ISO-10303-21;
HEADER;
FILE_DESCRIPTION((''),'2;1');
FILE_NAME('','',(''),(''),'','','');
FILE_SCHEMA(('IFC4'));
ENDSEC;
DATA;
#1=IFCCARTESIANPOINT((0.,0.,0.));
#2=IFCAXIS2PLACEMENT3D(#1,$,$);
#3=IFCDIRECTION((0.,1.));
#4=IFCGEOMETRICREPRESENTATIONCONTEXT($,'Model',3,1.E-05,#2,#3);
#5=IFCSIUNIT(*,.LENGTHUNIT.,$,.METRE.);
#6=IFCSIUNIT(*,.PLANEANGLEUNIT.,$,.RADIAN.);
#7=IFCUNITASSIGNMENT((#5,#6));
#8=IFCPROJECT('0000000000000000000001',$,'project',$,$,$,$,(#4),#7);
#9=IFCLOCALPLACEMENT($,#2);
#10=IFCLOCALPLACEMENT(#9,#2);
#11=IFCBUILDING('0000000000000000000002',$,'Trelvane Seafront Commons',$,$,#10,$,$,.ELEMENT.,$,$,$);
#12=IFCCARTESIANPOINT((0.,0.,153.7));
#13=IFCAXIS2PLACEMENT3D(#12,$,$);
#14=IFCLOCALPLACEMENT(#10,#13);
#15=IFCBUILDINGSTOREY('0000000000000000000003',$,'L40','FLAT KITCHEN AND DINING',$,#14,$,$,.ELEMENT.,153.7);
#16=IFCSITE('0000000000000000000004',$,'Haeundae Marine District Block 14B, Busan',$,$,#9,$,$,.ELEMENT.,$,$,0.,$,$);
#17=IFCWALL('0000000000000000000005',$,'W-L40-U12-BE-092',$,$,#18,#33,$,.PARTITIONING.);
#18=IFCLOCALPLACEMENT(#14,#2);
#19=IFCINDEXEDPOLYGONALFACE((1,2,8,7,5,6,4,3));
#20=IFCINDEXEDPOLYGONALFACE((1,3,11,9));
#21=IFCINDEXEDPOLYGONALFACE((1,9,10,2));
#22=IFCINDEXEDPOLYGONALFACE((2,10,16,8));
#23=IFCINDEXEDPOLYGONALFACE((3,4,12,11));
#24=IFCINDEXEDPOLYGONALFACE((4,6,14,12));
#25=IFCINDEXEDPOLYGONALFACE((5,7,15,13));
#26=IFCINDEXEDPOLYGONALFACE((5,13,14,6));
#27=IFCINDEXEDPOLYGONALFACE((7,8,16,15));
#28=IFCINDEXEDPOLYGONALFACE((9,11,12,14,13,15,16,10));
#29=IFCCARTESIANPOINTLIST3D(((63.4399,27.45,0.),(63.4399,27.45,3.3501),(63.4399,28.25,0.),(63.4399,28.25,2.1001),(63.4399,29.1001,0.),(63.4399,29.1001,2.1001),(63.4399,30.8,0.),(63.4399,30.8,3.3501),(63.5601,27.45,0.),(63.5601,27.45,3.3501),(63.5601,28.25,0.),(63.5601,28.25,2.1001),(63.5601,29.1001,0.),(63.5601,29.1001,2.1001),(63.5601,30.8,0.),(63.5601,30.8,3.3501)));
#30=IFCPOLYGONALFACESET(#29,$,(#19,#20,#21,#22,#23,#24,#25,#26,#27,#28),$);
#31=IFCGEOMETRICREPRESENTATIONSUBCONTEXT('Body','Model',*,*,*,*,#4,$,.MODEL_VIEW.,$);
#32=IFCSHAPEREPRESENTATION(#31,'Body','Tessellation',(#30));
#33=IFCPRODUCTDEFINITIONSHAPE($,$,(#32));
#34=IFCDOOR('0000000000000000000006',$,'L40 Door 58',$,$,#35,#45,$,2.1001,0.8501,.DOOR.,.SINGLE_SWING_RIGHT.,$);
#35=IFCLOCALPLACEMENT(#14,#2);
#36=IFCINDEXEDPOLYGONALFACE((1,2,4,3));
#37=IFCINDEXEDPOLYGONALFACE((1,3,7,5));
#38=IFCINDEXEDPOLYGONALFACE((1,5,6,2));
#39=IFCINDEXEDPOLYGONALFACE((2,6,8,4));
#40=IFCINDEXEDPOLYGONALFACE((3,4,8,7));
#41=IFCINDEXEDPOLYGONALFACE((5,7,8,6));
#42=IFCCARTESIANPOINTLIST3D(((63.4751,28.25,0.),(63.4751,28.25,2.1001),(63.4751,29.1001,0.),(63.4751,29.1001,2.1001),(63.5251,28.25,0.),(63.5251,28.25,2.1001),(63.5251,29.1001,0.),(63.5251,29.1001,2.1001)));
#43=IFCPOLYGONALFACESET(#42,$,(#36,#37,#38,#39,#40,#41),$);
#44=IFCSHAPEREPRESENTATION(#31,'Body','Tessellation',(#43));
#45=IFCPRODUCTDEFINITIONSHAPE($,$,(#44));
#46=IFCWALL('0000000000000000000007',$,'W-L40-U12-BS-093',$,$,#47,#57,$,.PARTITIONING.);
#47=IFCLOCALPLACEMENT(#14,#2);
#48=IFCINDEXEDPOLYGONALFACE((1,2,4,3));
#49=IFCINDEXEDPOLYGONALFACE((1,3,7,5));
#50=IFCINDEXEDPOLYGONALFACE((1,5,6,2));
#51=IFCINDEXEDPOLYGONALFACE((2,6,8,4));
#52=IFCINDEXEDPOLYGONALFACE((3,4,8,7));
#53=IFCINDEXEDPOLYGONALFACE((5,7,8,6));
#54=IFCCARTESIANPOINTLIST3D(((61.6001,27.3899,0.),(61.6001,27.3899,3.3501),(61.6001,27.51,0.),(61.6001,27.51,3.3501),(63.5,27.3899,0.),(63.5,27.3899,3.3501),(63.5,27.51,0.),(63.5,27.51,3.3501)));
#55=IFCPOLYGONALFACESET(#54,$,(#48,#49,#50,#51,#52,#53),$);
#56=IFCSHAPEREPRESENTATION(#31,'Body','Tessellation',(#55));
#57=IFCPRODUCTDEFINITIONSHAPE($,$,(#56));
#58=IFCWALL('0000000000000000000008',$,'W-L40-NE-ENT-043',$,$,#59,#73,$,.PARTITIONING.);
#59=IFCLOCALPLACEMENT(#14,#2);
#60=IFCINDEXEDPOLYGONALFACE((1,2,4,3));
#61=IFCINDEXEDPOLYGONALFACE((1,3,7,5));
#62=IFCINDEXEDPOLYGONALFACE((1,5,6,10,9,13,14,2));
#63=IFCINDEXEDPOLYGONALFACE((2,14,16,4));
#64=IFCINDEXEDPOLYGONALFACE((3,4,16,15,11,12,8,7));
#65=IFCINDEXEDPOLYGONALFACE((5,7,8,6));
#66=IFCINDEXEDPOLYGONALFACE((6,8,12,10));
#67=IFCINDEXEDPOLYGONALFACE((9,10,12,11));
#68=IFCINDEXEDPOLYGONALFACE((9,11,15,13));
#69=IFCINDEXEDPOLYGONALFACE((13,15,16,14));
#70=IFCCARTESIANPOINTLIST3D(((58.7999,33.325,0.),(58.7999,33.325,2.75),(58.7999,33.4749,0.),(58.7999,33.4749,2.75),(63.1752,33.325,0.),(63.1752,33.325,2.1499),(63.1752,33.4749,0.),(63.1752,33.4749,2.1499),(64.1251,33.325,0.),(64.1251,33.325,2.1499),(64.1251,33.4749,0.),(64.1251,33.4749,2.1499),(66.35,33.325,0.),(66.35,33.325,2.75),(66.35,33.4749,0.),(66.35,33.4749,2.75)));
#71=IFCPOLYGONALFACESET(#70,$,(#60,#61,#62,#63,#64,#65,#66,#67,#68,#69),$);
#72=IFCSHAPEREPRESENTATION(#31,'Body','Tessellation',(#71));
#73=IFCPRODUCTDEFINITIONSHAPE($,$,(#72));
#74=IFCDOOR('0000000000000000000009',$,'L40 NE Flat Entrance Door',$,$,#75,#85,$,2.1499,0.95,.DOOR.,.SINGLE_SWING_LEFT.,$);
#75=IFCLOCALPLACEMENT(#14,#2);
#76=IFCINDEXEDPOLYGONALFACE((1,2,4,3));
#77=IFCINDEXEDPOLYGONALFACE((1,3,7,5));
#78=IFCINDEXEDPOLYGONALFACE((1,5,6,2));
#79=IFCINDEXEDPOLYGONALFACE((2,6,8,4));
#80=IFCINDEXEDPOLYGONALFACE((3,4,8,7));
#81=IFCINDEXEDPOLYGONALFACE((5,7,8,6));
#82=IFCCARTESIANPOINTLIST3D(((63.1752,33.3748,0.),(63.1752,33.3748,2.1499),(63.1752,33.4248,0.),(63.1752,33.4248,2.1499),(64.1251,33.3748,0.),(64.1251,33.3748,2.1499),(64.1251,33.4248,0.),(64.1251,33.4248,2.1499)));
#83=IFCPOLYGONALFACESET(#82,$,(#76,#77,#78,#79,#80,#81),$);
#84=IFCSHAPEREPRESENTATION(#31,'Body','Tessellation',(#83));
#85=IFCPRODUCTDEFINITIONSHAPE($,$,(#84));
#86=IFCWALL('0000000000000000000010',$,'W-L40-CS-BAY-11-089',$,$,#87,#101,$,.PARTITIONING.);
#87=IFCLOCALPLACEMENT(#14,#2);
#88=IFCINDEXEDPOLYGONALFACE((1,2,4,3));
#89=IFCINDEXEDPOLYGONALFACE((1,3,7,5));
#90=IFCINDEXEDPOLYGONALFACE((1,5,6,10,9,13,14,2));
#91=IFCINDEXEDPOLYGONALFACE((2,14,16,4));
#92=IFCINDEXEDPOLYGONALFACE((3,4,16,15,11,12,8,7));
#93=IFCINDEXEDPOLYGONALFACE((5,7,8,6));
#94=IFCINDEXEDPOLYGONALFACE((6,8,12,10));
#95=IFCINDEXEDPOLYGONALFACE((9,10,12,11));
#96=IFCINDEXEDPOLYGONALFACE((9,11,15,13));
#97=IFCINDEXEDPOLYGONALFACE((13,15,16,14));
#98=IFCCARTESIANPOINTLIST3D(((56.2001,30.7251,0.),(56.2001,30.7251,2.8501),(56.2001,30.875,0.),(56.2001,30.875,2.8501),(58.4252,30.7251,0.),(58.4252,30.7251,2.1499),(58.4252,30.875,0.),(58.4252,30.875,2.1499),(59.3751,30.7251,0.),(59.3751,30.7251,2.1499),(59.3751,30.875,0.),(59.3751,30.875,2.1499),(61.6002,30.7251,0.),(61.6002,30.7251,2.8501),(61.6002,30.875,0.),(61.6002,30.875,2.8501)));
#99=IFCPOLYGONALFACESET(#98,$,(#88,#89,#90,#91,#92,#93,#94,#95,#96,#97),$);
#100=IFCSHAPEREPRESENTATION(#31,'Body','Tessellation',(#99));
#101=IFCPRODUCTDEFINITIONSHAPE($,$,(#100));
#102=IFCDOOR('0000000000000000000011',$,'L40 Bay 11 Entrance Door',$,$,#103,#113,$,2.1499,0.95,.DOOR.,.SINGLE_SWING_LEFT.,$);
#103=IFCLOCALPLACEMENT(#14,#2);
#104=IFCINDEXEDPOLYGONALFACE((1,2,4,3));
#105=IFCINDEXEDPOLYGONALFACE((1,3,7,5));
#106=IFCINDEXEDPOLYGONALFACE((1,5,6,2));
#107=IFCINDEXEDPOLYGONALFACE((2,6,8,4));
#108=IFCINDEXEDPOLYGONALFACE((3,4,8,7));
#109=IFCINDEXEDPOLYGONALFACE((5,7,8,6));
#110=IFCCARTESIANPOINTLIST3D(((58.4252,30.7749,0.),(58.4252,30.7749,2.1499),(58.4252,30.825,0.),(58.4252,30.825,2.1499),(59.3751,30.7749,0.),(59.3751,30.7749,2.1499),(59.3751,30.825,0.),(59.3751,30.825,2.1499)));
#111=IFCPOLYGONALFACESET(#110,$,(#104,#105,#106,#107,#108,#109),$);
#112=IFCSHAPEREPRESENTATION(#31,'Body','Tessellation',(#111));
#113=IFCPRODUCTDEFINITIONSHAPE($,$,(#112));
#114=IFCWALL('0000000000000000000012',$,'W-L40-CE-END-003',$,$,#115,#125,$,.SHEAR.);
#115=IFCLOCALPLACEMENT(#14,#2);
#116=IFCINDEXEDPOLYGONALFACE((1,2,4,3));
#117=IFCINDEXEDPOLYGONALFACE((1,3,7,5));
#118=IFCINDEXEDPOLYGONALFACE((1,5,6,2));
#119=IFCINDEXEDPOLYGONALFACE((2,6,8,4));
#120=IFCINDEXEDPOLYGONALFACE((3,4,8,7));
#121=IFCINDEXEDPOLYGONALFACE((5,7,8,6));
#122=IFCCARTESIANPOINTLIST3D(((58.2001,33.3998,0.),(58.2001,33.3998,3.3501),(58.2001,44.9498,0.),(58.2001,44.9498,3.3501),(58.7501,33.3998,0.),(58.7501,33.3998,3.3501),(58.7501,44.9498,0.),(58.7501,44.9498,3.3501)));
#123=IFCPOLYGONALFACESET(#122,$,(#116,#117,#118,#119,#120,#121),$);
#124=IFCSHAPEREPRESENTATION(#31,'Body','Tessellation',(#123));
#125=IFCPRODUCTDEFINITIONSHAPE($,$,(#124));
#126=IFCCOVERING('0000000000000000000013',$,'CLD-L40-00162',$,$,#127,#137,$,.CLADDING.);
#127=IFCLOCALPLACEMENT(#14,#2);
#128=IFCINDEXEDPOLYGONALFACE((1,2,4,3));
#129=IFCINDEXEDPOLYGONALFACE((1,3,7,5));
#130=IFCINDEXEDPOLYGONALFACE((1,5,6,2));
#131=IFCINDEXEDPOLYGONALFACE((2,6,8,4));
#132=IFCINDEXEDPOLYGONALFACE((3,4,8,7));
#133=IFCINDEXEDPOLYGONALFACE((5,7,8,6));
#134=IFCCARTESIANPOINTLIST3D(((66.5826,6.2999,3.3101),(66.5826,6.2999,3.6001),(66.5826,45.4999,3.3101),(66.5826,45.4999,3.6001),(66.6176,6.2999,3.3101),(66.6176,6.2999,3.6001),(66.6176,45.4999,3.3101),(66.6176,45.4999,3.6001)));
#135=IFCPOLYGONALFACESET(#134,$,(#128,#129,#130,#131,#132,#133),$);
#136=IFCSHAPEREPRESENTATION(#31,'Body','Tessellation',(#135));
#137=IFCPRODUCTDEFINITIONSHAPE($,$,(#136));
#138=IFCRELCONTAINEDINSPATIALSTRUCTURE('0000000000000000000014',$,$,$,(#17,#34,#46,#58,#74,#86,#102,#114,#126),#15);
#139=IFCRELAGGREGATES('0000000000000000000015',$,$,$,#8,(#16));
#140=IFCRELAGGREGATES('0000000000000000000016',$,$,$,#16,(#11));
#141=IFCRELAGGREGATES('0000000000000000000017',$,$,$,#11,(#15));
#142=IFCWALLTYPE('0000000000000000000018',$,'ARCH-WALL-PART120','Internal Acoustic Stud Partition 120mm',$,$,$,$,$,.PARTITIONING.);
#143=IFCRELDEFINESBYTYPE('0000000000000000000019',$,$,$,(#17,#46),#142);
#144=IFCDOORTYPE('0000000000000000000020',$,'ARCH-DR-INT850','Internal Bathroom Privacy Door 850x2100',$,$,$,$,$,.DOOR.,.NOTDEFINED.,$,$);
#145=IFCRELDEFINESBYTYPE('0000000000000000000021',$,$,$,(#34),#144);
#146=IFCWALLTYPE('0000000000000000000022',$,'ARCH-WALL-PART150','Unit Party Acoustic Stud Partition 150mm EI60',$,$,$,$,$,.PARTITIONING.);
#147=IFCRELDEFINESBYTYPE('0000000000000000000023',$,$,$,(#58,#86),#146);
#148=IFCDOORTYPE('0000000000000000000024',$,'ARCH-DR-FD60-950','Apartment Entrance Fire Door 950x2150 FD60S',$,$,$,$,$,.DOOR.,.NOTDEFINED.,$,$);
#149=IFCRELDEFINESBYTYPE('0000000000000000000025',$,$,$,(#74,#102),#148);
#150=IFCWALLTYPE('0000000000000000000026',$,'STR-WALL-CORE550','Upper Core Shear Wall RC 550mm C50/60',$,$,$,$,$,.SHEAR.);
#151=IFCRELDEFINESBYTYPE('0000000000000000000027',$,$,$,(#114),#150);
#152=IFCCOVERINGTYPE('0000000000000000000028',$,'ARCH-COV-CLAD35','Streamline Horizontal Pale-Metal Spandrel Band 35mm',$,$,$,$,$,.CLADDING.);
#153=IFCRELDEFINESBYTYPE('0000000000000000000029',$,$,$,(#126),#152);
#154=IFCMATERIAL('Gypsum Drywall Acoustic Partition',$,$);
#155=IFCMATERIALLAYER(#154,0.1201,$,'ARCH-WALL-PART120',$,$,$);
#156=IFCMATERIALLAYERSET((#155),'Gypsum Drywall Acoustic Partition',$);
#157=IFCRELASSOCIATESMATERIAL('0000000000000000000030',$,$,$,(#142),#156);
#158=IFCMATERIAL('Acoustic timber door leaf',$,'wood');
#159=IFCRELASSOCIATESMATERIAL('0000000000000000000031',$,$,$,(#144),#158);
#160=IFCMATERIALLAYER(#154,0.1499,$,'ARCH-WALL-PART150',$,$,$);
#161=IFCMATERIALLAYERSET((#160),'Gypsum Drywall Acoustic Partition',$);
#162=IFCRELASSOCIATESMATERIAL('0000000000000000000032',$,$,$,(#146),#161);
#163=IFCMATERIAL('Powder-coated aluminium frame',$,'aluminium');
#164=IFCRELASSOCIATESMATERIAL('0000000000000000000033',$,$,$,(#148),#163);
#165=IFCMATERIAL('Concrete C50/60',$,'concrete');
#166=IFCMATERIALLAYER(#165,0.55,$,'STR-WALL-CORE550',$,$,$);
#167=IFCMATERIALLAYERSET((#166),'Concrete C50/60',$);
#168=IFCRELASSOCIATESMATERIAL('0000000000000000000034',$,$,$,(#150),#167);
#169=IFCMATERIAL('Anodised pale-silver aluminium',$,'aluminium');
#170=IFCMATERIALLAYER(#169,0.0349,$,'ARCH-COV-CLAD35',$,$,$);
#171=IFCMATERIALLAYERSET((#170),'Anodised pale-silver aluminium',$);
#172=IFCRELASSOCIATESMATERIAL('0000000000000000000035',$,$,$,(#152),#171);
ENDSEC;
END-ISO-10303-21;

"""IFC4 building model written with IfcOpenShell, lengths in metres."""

from ifc_helpers import new_model, si_unit, direction, frame, frame_2d, origin, origin_2d, place, context, subcontext, project, spatial, rectangle, extrude, source, transform, mapped, material, layer, layer_set, type_object, element, fill, save


model = new_model("IFC4")

# Units and contexts
model_context = context("Model", 3, precision=1e-05, world=origin(), true_north=direction((0.0, 1.0)))
body_context = subcontext(model_context, "Body", "Model", "MODEL_VIEW")
ifc_project = project(units=[si_unit("LENGTHUNIT", "METRE"), si_unit("PLANEANGLEUNIT", "RADIAN")], contexts=[model_context])

# Site, building, storey
site_placement = place(None, origin())
site = spatial("IfcSite", under=ifc_project, at=site_placement, Name="Haeundae Marine District Block 14B, Busan", CompositionType="ELEMENT", RefElevation=0.0)
building_placement = place(site_placement, origin())
building = spatial("IfcBuilding", under=site, at=building_placement, Name="Trelvane Seafront Commons", CompositionType="ELEMENT")
storey_placement = place(building_placement, frame((0.0, 0.0, 153.7)))
storey = spatial("IfcBuildingStorey", under=building, at=storey_placement, Name="L40", Description="FLAT KITCHEN AND DINING", CompositionType="ELEMENT", Elevation=153.7)

# Shared definitions
ifc_material_1 = material(Name="Concrete C50/60", Category="concrete")

# Shared definitions
ifc_material_2 = material(Name="Anodised pale-silver aluminium", Category="aluminium")

# Wall, opening, door
ifc_material_3 = material(Name="Gypsum Drywall Acoustic Partition")
ifc_layer_1 = layer(ifc_material_3, 0.1201, Name="ARCH-WALL-PART120")
ifc_layer_set_1 = layer_set([ifc_layer_1], Name="Gypsum Drywall Acoustic Partition")
wall_type_1 = type_object("IfcWallType", Name="ARCH-WALL-PART120", Description="Internal Acoustic Stud Partition 120mm", PredefinedType="PARTITIONING", material=ifc_layer_set_1)
ifc_material_4 = material(Name="Acoustic timber door leaf", Category="wood")
door_type_1 = type_object("IfcDoorType", Name="ARCH-DR-INT850", Description="Internal Bathroom Privacy Door 850x2100", OperationType="NOTDEFINED", PredefinedType="DOOR", material=ifc_material_4)
shared_shape_1 = source(origin(), body_context, "Body", "SweptSolid", [
    extrude(rectangle(XDim=0.8501, YDim=2.1001, at=frame_2d((0.425, 1.05))), frame((0.0, 0.0249, 0.0), z_axis=(0.0, -1.0, 0.0), x_axis=(1.0, 0.0, 0.0)), (0.0, 0.0, 1.0), 0.05),
])
shared_shape_2 = source(origin(), body_context, "Body", "SweptSolid", [
    extrude(rectangle(XDim=0.95, YDim=2.1499, at=frame_2d((0.4751, 1.075))), frame((0.0, 0.0249, 0.0), z_axis=(0.0, -1.0, 0.0), x_axis=(1.0, 0.0, 0.0)), (0.0, 0.0, 1.0), 0.05),
])
wall_1_placement = place(storey_placement, frame((63.5, 27.45, 0.0), z_axis=(0.0, 0.0, 1.0), x_axis=(0.0, 1.0, 0.0)))
wall_1 = element("IfcWall", 1, at=wall_1_placement, inside=storey, type_object=wall_type_1, Name="W-L40-U12-BE-092", PredefinedType="PARTITIONING", context=body_context, shape_type="SweptSolid", body=[
    extrude(rectangle(XDim=3.3501, YDim=0.1201, at=frame_2d((1.675, 0.0))), origin(), (0.0, 0.0, 1.0), 3.3501),
])
opening_1_placement = place(wall_1_placement, frame((0.8, 0.0, 0.0)))
opening_1 = element("IfcOpeningElement", 2, at=opening_1_placement, cuts=wall_1, PredefinedType="OPENING", context=body_context, shape_type="SweptSolid", body=[
    extrude(rectangle(XDim=0.8501, YDim=2.1001, at=frame_2d((0.425, 1.05))), frame((0.0, 0.0701, 0.0), z_axis=(0.0, -1.0, 0.0), x_axis=(1.0, 0.0, 0.0)), (0.0, 0.0, 1.0), 0.1401),
])
door_1_placement = place(opening_1_placement, origin())
door_1 = element("IfcDoor", 3, at=door_1_placement, inside=storey, type_object=door_type_1, Name="L40 Door 58", OperationType="SINGLE_SWING_RIGHT", OverallHeight=2.1001, OverallWidth=0.8501, PredefinedType="DOOR", context=body_context, shape_type="MappedRepresentation", body=[
    mapped(shared_shape_1, transform((0.0, 0.0, 0.0), x_axis=(1.0, 0.0, 0.0), y_axis=(0.0, 1.0, 0.0), z_axis=(0.0, 0.0, 1.0), scale=1.0)),
])
fill(opening_1, door_1)

# Wall
wall_2_placement = place(storey_placement, frame((61.6001, 27.45, 0.0), z_axis=(0.0, 0.0, 1.0), x_axis=(1.0, 0.0, 0.0)))
element("IfcWall", 4, at=wall_2_placement, inside=storey, type_object=wall_type_1, Name="W-L40-U12-BS-093", PredefinedType="PARTITIONING", context=body_context, shape_type="SweptSolid", body=[
    extrude(rectangle(XDim=1.8999, YDim=0.1201, at=frame_2d((0.95, 0.0))), origin(), (0.0, 0.0, 1.0), 3.3501),
])

# Walls, openings, doors
ifc_layer_2 = layer(ifc_material_3, 0.1499, Name="ARCH-WALL-PART150")
ifc_layer_set_2 = layer_set([ifc_layer_2], Name="Gypsum Drywall Acoustic Partition")
wall_type_2 = type_object("IfcWallType", Name="ARCH-WALL-PART150", Description="Unit Party Acoustic Stud Partition 150mm EI60", PredefinedType="PARTITIONING", material=ifc_layer_set_2)
wall_3_placement = place(storey_placement, frame((58.8, 33.3999, 0.0), z_axis=(0.0, 0.0, 1.0), x_axis=(1.0, 0.0, 0.0)))
wall_3 = element("IfcWall", 5, at=wall_3_placement, inside=storey, type_object=wall_type_2, Name="W-L40-NE-ENT-043", PredefinedType="PARTITIONING", context=body_context, shape_type="SweptSolid", body=[
    extrude(rectangle(XDim=7.55, YDim=0.1499, at=frame_2d((3.7749, 0.0))), origin(), (0.0, 0.0, 1.0), 2.75),
])
opening_2_placement = place(wall_3_placement, frame((4.375, 0.0, 0.0)))
opening_2 = element("IfcOpeningElement", 6, at=opening_2_placement, cuts=wall_3, PredefinedType="OPENING", context=body_context, shape_type="SweptSolid", body=[
    extrude(rectangle(XDim=0.95, YDim=2.1499, at=frame_2d((0.4751, 1.075))), frame((0.0, 0.085, 0.0), z_axis=(0.0, -1.0, 0.0), x_axis=(1.0, 0.0, 0.0)), (0.0, 0.0, 1.0), 0.1699),
])
ifc_material_5 = material(Name="Powder-coated aluminium frame", Category="aluminium")
door_type_2 = type_object("IfcDoorType", Name="ARCH-DR-FD60-950", Description="Apartment Entrance Fire Door 950x2150 FD60S", OperationType="NOTDEFINED", PredefinedType="DOOR", material=ifc_material_5)
door_2_placement = place(opening_2_placement, origin())
door_2 = element("IfcDoor", 7, at=door_2_placement, inside=storey, type_object=door_type_2, Name="L40 NE Flat Entrance Door", OperationType="SINGLE_SWING_LEFT", OverallHeight=2.1499, OverallWidth=0.95, PredefinedType="DOOR", context=body_context, shape_type="MappedRepresentation", body=[
    mapped(shared_shape_2, transform((0.0, 0.0, 0.0), x_axis=(1.0, 0.0, 0.0), y_axis=(0.0, 1.0, 0.0), z_axis=(0.0, 0.0, 1.0), scale=1.0)),
])
fill(opening_2, door_2)
wall_4_placement = place(storey_placement, frame((56.2, 30.8, 0.0), z_axis=(0.0, 0.0, 1.0), x_axis=(1.0, 0.0, 0.0)))
wall_4 = element("IfcWall", 8, at=wall_4_placement, inside=storey, type_object=wall_type_2, Name="W-L40-CS-BAY-11-089", PredefinedType="PARTITIONING", context=body_context, shape_type="SweptSolid", body=[
    extrude(rectangle(XDim=5.4001, YDim=0.1499, at=frame_2d((2.7002, 0.0))), origin(), (0.0, 0.0, 1.0), 2.8501),
])
opening_3_placement = place(wall_4_placement, frame((2.2251, 0.0, 0.0)))
opening_3 = element("IfcOpeningElement", 9, at=opening_3_placement, cuts=wall_4, PredefinedType="OPENING", context=body_context, shape_type="SweptSolid", body=[
    extrude(rectangle(XDim=0.95, YDim=2.1499, at=frame_2d((0.4751, 1.075))), frame((0.0, 0.085, 0.0), z_axis=(0.0, -1.0, 0.0), x_axis=(1.0, 0.0, 0.0)), (0.0, 0.0, 1.0), 0.1699),
])
door_3_placement = place(opening_3_placement, origin())
door_3 = element("IfcDoor", 10, at=door_3_placement, inside=storey, type_object=door_type_2, Name="L40 Bay 11 Entrance Door", OperationType="SINGLE_SWING_LEFT", OverallHeight=2.1499, OverallWidth=0.95, PredefinedType="DOOR", context=body_context, shape_type="MappedRepresentation", body=[
    mapped(shared_shape_2, transform((0.0, 0.0, 0.0), x_axis=(1.0, 0.0, 0.0), y_axis=(0.0, 1.0, 0.0), z_axis=(0.0, 0.0, 1.0), scale=1.0)),
])
fill(opening_3, door_3)

# Wall
ifc_layer_3 = layer(ifc_material_1, 0.55, Name="STR-WALL-CORE550")
ifc_layer_set_3 = layer_set([ifc_layer_3], Name="Concrete C50/60")
wall_type_3 = type_object("IfcWallType", Name="STR-WALL-CORE550", Description="Upper Core Shear Wall RC 550mm C50/60", PredefinedType="SHEAR", material=ifc_layer_set_3)
wall_5_placement = place(storey_placement, frame((58.4751, 33.3999, 0.0), z_axis=(0.0, 0.0, 1.0), x_axis=(0.0, 1.0, 0.0)))
element("IfcWall", 11, at=wall_5_placement, inside=storey, type_object=wall_type_3, Name="W-L40-CE-END-003", PredefinedType="SHEAR", context=body_context, shape_type="SweptSolid", body=[
    extrude(rectangle(XDim=11.55, YDim=0.55, at=frame_2d((5.7749, 0.0))), origin(), (0.0, 0.0, 1.0), 3.3501),
])

# Covering
ifc_layer_4 = layer(ifc_material_2, 0.0349, Name="ARCH-COV-CLAD35")
ifc_layer_set_4 = layer_set([ifc_layer_4], Name="Anodised pale-silver aluminium")
covering_type = type_object("IfcCoveringType", Name="ARCH-COV-CLAD35", Description="Streamline Horizontal Pale-Metal Spandrel Band 35mm", PredefinedType="CLADDING", material=ifc_layer_set_4)
shared_shape_3 = source(origin(), body_context, "Body", "SweptSolid", [
    extrude(rectangle(XDim=39.2, YDim=0.0349, at=origin_2d()), origin(), (0.0, 0.0, 1.0), 0.29),
])
covering_placement = place(storey_placement, frame((66.6001, 25.8999, 3.3101), z_axis=(0.0, 0.0, 1.0), x_axis=(0.0, -1.0, 0.0)))
element("IfcCovering", 12, at=covering_placement, inside=storey, type_object=covering_type, Name="CLD-L40-00162", PredefinedType="CLADDING", context=body_context, shape_type="MappedRepresentation", body=[
    mapped(shared_shape_3, transform((0.0, 0.0, 0.0), x_axis=(1.0, 0.0, 0.0), y_axis=(0.0, 1.0, 0.0), z_axis=(0.0, 0.0, 1.0), scale=1.0)),
])

save(model, "model.ifc")
